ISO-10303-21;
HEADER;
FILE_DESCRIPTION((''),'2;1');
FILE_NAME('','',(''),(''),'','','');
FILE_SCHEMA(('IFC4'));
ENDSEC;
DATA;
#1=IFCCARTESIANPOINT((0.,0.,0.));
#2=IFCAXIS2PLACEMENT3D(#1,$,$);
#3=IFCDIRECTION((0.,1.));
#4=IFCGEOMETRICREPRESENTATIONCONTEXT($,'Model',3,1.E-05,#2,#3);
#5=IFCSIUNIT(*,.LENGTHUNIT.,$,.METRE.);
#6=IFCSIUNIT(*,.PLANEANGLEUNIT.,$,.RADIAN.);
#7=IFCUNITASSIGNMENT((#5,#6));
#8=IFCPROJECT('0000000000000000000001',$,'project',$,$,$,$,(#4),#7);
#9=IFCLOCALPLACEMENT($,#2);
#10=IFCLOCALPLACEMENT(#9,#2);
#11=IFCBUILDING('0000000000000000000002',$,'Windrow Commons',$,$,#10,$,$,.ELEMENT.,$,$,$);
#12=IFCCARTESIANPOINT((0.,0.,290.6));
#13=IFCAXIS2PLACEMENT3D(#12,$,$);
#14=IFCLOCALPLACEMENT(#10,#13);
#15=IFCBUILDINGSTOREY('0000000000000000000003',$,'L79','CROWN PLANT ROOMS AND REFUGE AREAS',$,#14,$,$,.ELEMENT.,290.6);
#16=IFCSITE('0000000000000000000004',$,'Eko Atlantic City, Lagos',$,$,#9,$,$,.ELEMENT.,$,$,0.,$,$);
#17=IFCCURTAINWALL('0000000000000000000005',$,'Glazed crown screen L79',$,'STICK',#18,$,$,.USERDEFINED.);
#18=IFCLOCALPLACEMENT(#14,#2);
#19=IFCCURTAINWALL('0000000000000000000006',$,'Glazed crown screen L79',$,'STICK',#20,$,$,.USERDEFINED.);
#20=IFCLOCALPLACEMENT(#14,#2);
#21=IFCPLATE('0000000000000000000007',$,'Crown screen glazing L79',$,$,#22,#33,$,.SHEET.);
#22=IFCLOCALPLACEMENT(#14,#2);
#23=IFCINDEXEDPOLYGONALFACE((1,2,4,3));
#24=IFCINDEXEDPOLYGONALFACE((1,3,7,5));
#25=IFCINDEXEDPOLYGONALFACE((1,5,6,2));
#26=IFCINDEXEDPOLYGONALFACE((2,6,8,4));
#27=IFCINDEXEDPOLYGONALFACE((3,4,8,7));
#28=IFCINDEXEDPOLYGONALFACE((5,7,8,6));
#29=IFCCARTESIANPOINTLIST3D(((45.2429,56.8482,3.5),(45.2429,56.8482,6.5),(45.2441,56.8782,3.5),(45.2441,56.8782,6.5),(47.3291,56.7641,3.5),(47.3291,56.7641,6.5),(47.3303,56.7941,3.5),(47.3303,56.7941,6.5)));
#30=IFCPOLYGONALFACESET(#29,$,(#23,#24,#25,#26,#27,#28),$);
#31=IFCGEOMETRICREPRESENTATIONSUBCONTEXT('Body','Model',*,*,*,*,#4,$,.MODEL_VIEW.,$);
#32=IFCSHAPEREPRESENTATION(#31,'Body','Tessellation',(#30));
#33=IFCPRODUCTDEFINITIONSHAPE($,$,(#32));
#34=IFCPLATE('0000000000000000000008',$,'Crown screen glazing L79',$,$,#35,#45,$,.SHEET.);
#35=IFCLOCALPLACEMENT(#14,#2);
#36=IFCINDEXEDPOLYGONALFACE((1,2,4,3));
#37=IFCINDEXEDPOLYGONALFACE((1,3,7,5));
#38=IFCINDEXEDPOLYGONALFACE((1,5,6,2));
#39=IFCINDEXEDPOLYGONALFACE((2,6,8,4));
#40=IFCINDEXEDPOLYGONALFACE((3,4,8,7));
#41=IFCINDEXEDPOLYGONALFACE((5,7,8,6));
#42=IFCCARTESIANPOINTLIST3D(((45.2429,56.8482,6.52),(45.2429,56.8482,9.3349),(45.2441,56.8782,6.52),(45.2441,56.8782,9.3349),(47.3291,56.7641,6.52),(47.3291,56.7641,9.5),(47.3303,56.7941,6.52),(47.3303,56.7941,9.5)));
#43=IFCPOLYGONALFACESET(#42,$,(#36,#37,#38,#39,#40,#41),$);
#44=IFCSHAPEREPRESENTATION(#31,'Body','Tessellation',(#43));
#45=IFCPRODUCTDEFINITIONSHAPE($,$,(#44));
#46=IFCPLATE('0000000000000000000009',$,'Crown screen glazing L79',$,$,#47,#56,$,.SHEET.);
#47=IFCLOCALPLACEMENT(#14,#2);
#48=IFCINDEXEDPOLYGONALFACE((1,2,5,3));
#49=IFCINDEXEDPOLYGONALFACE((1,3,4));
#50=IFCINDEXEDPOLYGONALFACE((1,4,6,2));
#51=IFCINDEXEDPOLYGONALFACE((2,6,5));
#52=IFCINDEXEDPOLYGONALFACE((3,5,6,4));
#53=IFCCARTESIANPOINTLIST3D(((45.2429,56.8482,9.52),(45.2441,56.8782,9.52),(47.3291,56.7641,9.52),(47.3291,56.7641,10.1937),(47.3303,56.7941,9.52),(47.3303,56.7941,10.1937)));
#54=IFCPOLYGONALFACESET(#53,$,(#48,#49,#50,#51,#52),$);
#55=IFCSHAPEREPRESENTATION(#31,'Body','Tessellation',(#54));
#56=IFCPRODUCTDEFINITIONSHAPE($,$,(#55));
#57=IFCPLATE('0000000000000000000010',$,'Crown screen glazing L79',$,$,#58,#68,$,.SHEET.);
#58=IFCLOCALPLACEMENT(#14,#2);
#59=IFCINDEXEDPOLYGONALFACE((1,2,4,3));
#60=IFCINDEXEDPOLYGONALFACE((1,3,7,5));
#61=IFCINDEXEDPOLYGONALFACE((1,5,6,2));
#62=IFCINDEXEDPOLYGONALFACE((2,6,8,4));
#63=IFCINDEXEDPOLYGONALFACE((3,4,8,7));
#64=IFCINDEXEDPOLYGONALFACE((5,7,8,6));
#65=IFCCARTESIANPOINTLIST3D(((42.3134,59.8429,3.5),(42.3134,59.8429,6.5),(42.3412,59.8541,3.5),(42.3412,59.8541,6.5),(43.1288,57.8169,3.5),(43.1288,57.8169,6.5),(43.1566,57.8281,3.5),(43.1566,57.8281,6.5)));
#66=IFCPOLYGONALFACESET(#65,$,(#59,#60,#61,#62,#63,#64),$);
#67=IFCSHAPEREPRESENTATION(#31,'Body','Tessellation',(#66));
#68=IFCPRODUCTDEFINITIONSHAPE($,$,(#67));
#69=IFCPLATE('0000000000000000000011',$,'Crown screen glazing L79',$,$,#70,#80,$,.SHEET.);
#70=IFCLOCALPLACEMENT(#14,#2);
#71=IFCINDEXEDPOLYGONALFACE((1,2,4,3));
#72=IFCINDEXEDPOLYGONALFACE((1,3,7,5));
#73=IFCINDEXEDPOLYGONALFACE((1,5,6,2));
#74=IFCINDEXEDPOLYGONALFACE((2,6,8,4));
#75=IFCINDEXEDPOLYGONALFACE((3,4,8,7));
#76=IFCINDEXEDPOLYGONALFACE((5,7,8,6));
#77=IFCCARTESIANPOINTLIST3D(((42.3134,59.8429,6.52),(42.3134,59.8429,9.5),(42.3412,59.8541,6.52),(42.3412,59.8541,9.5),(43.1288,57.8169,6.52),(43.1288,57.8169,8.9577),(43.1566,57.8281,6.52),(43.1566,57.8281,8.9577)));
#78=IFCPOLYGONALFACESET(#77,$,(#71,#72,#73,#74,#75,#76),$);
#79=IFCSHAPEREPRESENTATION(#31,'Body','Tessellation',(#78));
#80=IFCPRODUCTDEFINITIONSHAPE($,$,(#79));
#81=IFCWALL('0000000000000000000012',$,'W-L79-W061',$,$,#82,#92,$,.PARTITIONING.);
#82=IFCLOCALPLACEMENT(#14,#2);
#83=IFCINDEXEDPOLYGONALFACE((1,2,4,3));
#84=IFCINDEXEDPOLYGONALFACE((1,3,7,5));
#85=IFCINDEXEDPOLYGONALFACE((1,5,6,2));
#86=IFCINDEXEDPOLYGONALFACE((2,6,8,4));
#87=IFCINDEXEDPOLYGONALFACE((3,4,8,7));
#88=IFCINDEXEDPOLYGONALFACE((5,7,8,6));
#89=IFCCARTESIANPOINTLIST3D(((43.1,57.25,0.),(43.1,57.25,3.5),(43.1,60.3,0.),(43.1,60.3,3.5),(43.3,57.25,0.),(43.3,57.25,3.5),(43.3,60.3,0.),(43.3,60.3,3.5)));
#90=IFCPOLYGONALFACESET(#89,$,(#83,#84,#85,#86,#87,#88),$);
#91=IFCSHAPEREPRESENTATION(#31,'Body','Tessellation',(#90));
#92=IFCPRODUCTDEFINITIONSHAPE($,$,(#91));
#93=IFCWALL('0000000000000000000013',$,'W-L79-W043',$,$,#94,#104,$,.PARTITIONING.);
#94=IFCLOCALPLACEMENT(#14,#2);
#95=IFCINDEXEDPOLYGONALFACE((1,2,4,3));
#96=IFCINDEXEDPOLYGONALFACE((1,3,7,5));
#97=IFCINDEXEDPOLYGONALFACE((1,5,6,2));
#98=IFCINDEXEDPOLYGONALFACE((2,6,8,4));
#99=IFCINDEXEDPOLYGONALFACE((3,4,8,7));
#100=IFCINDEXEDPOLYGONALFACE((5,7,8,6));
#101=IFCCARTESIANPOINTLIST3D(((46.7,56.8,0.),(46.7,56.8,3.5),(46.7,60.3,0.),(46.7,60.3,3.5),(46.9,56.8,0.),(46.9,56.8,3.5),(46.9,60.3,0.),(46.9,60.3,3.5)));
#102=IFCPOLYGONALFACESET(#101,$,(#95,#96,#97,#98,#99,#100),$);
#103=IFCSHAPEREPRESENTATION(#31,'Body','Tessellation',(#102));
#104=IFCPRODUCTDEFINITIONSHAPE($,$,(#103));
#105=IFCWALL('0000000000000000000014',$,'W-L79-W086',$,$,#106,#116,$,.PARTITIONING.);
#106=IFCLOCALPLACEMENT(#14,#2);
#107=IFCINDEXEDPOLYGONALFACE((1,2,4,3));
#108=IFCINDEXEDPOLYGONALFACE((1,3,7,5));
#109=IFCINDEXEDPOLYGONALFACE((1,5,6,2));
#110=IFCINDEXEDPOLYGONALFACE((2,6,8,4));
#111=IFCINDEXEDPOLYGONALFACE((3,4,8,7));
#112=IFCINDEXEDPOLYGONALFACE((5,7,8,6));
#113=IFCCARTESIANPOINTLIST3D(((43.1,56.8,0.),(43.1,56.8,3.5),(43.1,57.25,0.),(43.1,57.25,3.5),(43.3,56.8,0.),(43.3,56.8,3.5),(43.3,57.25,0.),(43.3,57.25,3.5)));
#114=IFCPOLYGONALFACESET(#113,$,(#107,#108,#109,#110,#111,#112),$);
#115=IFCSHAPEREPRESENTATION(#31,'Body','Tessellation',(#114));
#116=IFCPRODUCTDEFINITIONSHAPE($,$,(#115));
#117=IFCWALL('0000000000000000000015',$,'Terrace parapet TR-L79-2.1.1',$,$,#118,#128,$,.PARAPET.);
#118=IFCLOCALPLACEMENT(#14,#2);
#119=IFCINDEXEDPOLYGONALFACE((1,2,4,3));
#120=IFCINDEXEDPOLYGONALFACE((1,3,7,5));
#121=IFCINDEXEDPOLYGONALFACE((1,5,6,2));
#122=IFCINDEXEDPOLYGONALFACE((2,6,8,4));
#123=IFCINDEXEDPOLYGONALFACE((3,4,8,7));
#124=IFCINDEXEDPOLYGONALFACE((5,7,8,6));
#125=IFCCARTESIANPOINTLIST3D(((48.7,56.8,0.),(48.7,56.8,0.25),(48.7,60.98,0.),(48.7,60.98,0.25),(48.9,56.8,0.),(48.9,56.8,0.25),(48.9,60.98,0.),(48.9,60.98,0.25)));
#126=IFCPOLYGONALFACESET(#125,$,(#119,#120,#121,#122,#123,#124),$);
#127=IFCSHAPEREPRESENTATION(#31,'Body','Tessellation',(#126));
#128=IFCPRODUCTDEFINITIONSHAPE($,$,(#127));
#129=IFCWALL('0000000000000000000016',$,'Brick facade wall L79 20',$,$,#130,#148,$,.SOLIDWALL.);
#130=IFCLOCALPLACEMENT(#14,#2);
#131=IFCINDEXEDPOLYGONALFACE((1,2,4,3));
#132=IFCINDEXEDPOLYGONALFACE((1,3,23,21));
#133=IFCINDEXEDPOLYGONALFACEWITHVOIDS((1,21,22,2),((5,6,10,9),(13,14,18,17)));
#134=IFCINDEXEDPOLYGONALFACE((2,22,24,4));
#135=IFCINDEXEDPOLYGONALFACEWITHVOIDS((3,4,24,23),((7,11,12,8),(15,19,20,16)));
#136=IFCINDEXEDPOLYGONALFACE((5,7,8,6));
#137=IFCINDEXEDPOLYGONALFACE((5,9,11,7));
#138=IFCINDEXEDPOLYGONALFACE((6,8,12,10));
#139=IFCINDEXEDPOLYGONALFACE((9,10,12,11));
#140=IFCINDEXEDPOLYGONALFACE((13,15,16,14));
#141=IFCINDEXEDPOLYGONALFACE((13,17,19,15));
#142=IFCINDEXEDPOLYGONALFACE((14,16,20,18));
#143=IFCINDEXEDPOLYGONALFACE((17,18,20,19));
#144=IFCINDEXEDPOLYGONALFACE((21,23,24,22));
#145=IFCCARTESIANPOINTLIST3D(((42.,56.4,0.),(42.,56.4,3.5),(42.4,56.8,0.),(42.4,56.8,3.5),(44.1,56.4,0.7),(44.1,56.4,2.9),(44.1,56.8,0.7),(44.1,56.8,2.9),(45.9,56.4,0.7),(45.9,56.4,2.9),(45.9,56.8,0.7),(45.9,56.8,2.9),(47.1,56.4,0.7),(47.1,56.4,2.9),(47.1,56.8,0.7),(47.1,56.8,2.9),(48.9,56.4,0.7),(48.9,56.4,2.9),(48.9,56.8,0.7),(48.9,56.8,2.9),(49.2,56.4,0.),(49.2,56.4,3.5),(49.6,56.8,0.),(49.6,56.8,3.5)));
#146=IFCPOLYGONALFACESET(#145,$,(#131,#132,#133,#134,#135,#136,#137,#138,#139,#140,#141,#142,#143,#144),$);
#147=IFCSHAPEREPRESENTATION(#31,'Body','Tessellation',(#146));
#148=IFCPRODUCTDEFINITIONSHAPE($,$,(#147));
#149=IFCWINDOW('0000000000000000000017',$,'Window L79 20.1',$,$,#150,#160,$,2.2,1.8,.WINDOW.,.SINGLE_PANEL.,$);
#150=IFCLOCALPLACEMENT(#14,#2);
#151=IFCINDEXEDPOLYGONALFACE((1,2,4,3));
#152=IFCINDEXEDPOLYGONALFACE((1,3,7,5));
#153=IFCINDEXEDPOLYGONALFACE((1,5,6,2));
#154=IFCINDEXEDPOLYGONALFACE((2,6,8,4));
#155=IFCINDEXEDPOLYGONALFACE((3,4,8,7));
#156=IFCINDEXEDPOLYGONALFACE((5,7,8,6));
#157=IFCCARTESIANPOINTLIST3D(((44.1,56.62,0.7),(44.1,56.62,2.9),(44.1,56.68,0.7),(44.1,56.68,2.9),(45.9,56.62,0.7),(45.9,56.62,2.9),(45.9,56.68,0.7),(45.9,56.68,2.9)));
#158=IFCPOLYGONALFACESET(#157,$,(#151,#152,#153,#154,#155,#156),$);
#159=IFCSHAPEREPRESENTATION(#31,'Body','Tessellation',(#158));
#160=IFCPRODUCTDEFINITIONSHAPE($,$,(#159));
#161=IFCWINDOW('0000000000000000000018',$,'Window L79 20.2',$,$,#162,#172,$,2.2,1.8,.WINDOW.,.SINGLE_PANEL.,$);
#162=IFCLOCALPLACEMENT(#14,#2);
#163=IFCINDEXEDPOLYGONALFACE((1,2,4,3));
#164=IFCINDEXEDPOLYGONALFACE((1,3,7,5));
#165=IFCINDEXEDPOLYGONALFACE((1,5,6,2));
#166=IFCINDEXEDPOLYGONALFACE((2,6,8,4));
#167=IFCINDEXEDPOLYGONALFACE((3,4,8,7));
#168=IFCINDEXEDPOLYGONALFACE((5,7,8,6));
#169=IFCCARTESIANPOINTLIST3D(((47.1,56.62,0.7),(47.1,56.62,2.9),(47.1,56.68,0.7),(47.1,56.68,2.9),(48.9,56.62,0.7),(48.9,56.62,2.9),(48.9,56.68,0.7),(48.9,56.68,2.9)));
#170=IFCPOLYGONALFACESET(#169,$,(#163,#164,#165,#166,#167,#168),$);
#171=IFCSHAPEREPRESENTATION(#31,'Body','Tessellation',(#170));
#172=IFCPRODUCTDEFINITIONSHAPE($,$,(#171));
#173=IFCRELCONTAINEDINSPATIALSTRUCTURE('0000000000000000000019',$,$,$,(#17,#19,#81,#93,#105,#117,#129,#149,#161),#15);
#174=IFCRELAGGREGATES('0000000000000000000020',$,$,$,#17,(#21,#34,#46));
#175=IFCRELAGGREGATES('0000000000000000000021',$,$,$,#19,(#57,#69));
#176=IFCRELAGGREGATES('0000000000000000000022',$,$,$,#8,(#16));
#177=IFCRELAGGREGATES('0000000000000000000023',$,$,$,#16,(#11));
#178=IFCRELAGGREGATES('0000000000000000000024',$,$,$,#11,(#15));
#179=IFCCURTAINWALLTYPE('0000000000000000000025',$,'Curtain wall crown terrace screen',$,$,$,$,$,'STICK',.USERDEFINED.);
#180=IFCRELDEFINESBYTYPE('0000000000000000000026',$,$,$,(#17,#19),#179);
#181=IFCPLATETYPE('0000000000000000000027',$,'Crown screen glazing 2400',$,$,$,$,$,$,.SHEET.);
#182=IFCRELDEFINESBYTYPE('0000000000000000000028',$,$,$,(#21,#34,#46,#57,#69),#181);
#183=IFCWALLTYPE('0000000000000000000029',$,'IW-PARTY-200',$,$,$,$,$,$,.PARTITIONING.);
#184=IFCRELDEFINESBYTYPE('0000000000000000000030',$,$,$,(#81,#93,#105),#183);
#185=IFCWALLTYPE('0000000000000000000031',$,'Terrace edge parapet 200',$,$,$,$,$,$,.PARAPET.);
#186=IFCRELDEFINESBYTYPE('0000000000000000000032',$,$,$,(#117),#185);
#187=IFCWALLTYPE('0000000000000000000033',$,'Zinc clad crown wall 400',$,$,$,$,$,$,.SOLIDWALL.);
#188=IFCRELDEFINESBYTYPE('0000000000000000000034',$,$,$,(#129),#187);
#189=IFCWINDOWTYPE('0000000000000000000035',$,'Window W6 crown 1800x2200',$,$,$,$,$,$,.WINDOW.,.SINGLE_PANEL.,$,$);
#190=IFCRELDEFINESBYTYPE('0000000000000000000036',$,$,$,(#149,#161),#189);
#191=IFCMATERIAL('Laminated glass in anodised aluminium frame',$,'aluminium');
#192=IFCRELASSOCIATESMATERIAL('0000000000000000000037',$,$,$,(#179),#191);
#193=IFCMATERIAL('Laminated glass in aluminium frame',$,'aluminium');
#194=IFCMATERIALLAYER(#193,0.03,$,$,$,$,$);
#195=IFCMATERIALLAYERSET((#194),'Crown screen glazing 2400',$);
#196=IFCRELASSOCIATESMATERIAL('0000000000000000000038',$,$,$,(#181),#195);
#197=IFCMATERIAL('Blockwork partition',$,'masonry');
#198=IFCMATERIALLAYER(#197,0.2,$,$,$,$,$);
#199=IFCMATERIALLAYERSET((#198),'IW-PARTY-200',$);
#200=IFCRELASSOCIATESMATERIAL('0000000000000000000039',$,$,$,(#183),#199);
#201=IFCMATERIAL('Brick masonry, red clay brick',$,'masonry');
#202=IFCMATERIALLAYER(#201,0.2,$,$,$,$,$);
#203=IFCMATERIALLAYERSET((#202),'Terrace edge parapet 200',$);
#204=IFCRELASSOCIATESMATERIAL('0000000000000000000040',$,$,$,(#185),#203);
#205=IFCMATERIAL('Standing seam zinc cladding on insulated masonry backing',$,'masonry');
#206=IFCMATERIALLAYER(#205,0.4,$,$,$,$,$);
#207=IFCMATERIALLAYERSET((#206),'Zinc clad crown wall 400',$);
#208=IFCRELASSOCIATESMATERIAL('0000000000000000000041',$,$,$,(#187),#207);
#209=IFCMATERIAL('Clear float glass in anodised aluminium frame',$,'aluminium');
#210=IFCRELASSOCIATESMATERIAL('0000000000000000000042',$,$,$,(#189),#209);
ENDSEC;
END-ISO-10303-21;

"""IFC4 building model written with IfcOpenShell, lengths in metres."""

from ifc_helpers import new_model, si_unit, direction, frame, frame_2d, origin, place, context, subcontext, project, spatial, polyline, rectangle, outline, extrude, material, layer, layer_set, type_object, element, fill, aggregate, save


model = new_model("IFC4")

# Units and contexts
model_context = context("Model", 3, precision=1e-05, world=origin(), true_north=direction((0.0, 1.0)))
body_context = subcontext(model_context, "Body", "Model", "MODEL_VIEW")
ifc_project = project(units=[si_unit("LENGTHUNIT", "METRE"), si_unit("PLANEANGLEUNIT", "RADIAN")], contexts=[model_context])

# Site, building, storey
site_placement = place(None, origin())
site = spatial("IfcSite", under=ifc_project, at=site_placement, Name="Eko Atlantic City, Lagos", CompositionType="ELEMENT", RefElevation=0.0)
building_placement = place(site_placement, origin())
building = spatial("IfcBuilding", under=site, at=building_placement, Name="Windrow Commons", CompositionType="ELEMENT")
storey_placement = place(building_placement, frame((0.0, 0.0, 290.6)))
storey = spatial("IfcBuildingStorey", under=building, at=storey_placement, Name="L79", Description="CROWN PLANT ROOMS AND REFUGE AREAS", CompositionType="ELEMENT", Elevation=290.6)

# Shared definitions
ifc_material_1 = material(Name="Laminated glass in anodised aluminium frame", Category="aluminium")
curtain_wall_type = type_object("IfcCurtainWallType", Name="Curtain wall crown terrace screen", ElementType="STICK", PredefinedType="USERDEFINED", material=ifc_material_1)
placement = place(storey_placement, origin())

# Curtain wall
curtain_wall_1 = element("IfcCurtainWall", 1, at=placement, inside=storey, type_object=curtain_wall_type, Name="Glazed crown screen L79", ObjectType="STICK", PredefinedType="USERDEFINED")

# Curtain wall
curtain_wall_2 = element("IfcCurtainWall", 2, at=placement, inside=storey, type_object=curtain_wall_type, Name="Glazed crown screen L79", ObjectType="STICK", PredefinedType="USERDEFINED")

# Plates
ifc_material_2 = material(Name="Laminated glass in aluminium frame", Category="aluminium")
ifc_layer_1 = layer(ifc_material_2, 0.03)
ifc_layer_set_1 = layer_set([ifc_layer_1], Name="Crown screen glazing 2400")
plate_type_1 = type_object("IfcPlateType", Name="Crown screen glazing 2400", PredefinedType="SHEET", material=ifc_layer_set_1)
plate_1_placement = place(storey_placement, frame((47.3303, 56.7941, 3.5), z_axis=(0.04028, 0.999188, 0.0), x_axis=(-0.999188, 0.04028, 0.0)))
plate_1 = element("IfcPlate", 3, at=plate_1_placement, type_object=plate_type_1, Name="Crown screen glazing L79", PredefinedType="SHEET", context=body_context, shape_type="SweptSolid", body=[
    extrude(outline(polyline([(0.0, 0.0), (2.0879, 0.0), (2.0879, 3.0), (0.0, 3.0), (0.0, 0.0)])), origin(), (0.0, 0.0, -1.0), 0.03),
])
plate_2_placement = place(storey_placement, frame((47.3303, 56.7941, 6.52), z_axis=(0.04028, 0.999188, 0.0), x_axis=(-0.999188, 0.04028, 0.0)))
plate_2 = element("IfcPlate", 4, at=plate_2_placement, type_object=plate_type_1, Name="Crown screen glazing L79", PredefinedType="SHEET", context=body_context, shape_type="SweptSolid", body=[
    extrude(outline(polyline([(0.0, 0.0), (2.0879, 0.0), (2.0879, 2.8149), (0.0, 2.98), (0.0, 0.0)])), origin(), (0.0, 0.0, -1.0), 0.03),
])
plate_3_placement = place(storey_placement, frame((47.3303, 56.7941, 9.52), z_axis=(0.04028, 0.999188, 0.0), x_axis=(-0.999188, 0.04028, 0.0)))
plate_3 = element("IfcPlate", 5, at=plate_3_placement, type_object=plate_type_1, Name="Crown screen glazing L79", PredefinedType="SHEET", context=body_context, shape_type="SweptSolid", body=[
    extrude(outline(polyline([(0.0, 0.0), (2.0879, 0.0), (0.0, 0.6737), (0.0, 0.0)])), origin(), (0.0, 0.0, -1.0), 0.03),
])
aggregate(curtain_wall_1, [plate_1, plate_2, plate_3])
plate_4_placement = place(storey_placement, frame((43.1566, 57.8281, 3.5), z_axis=(0.927685, 0.373364, 0.0), x_axis=(-0.373364, 0.927685, 0.0)))
plate_4 = element("IfcPlate", 6, at=plate_4_placement, type_object=plate_type_1, Name="Crown screen glazing L79", PredefinedType="SHEET", context=body_context, shape_type="SweptSolid", body=[
    extrude(outline(polyline([(0.0, 0.0), (2.1839, 0.0), (2.1839, 3.0), (0.0, 3.0), (0.0, 0.0)])), origin(), (0.0, 0.0, -1.0), 0.03),
])
plate_5_placement = place(storey_placement, frame((43.1566, 57.8281, 6.52), z_axis=(0.927685, 0.373364, 0.0), x_axis=(-0.373364, 0.927685, 0.0)))
plate_5 = element("IfcPlate", 7, at=plate_5_placement, type_object=plate_type_1, Name="Crown screen glazing L79", PredefinedType="SHEET", context=body_context, shape_type="SweptSolid", body=[
    extrude(outline(polyline([(0.0, 0.0), (2.1839, 0.0), (2.1839, 2.98), (0.0, 2.4377), (0.0, 0.0)])), origin(), (0.0, 0.0, -1.0), 0.03),
])
aggregate(curtain_wall_2, [plate_4, plate_5])

# Walls
ifc_material_3 = material(Name="Blockwork partition", Category="masonry")
ifc_layer_2 = layer(ifc_material_3, 0.2)
ifc_layer_set_2 = layer_set([ifc_layer_2], Name="IW-PARTY-200")
wall_type_1 = type_object("IfcWallType", Name="IW-PARTY-200", PredefinedType="PARTITIONING", material=ifc_layer_set_2)
wall_1_placement = place(storey_placement, frame((43.2, 57.25, 0.0), z_axis=(0.0, 0.0, 1.0), x_axis=(0.0, 1.0, 0.0)))
element("IfcWall", 8, at=wall_1_placement, inside=storey, type_object=wall_type_1, Name="W-L79-W061", PredefinedType="PARTITIONING", context=body_context, shape_type="SweptSolid", body=[
    extrude(rectangle(XDim=3.05, YDim=0.2, at=frame_2d((1.525, 0.0))), origin(), (0.0, 0.0, 1.0), 3.5),
])
wall_2_placement = place(storey_placement, frame((46.8, 56.8, 0.0), z_axis=(0.0, 0.0, 1.0), x_axis=(0.0, 1.0, 0.0)))
element("IfcWall", 9, at=wall_2_placement, inside=storey, type_object=wall_type_1, Name="W-L79-W043", PredefinedType="PARTITIONING", context=body_context, shape_type="SweptSolid", body=[
    extrude(outline(polyline([(0.0, -0.1), (3.5, -0.1), (3.5, 0.1), (0.0, 0.1), (0.0, -0.1)])), origin(), (0.0, 0.0, 1.0), 3.5),
])
wall_3_placement = place(storey_placement, frame((43.2, 56.8, 0.0), z_axis=(0.0, 0.0, 1.0), x_axis=(0.0, 1.0, 0.0)))
element("IfcWall", 10, at=wall_3_placement, inside=storey, type_object=wall_type_1, Name="W-L79-W086", PredefinedType="PARTITIONING", context=body_context, shape_type="SweptSolid", body=[
    extrude(outline(polyline([(0.0, -0.1), (0.45, -0.1), (0.45, 0.1), (0.0, 0.1), (0.0, -0.1)])), origin(), (0.0, 0.0, 1.0), 3.5),
])
ifc_material_4 = material(Name="Brick masonry, red clay brick", Category="masonry")
ifc_layer_3 = layer(ifc_material_4, 0.2)
ifc_layer_set_3 = layer_set([ifc_layer_3], Name="Terrace edge parapet 200")
wall_type_2 = type_object("IfcWallType", Name="Terrace edge parapet 200", PredefinedType="PARAPET", material=ifc_layer_set_3)
wall_4_placement = place(storey_placement, frame((48.8, 56.8, 0.0), z_axis=(0.0, 0.0, 1.0), x_axis=(0.0, 1.0, 0.0)))
element("IfcWall", 11, at=wall_4_placement, inside=storey, type_object=wall_type_2, Name="Terrace parapet TR-L79-2.1.1", PredefinedType="PARAPET", context=body_context, shape_type="SweptSolid", body=[
    extrude(outline(polyline([(0.0, -0.1), (4.18, -0.1), (4.18, 0.1), (0.0, 0.1), (0.0, -0.1)])), origin(), (0.0, 0.0, 1.0), 0.25),
])

# Wall, openings, windows
ifc_material_5 = material(Name="Standing seam zinc cladding on insulated masonry backing", Category="masonry")
ifc_layer_4 = layer(ifc_material_5, 0.4)
ifc_layer_set_4 = layer_set([ifc_layer_4], Name="Zinc clad crown wall 400")
wall_type_3 = type_object("IfcWallType", Name="Zinc clad crown wall 400", PredefinedType="SOLIDWALL", material=ifc_layer_set_4)
wall_5_placement = place(storey_placement, frame((42.2, 56.6, 0.0), z_axis=(0.0, 0.0, 1.0), x_axis=(1.0, 0.0, 0.0)))
wall_5 = element("IfcWall", 12, at=wall_5_placement, inside=storey, type_object=wall_type_3, Name="Brick facade wall L79 20", PredefinedType="SOLIDWALL", context=body_context, shape_type="SweptSolid", body=[
    extrude(outline(polyline([(-0.2, -0.2), (7.0, -0.2), (7.4, 0.2), (0.2, 0.2), (-0.2, -0.2)])), origin(), (0.0, 0.0, 1.0), 3.5),
])
opening_1_placement = place(wall_5_placement, frame((1.9, 0.0, 0.7)))
opening_1 = element("IfcOpeningElement", 13, at=opening_1_placement, cuts=wall_5, PredefinedType="OPENING", context=body_context, shape_type="SweptSolid", body=[
    extrude(rectangle(XDim=1.8, YDim=2.2, at=frame_2d((0.9, 1.1))), frame((0.0, 0.21, 0.0), z_axis=(0.0, -1.0, 0.0), x_axis=(1.0, 0.0, 0.0)), (0.0, 0.0, 1.0), 0.42),
])
opening_2_placement = place(wall_5_placement, frame((4.9, 0.0, 0.7)))
opening_2 = element("IfcOpeningElement", 14, at=opening_2_placement, cuts=wall_5, PredefinedType="OPENING", context=body_context, shape_type="SweptSolid", body=[
    extrude(rectangle(XDim=1.8, YDim=2.2, at=frame_2d((0.9, 1.1))), frame((0.0, 0.21, 0.0), z_axis=(0.0, -1.0, 0.0), x_axis=(1.0, 0.0, 0.0)), (0.0, 0.0, 1.0), 0.42),
])
ifc_material_6 = material(Name="Clear float glass in anodised aluminium frame", Category="aluminium")
window_type = type_object("IfcWindowType", Name="Window W6 crown 1800x2200", PartitioningType="SINGLE_PANEL", PredefinedType="WINDOW", material=ifc_material_6)
window_1_placement = place(opening_1_placement, origin())
window_1 = element("IfcWindow", 15, at=window_1_placement, inside=storey, type_object=window_type, Name="Window L79 20.1", OverallHeight=2.2, OverallWidth=1.8, PartitioningType="SINGLE_PANEL", PredefinedType="WINDOW", context=body_context, shape_type="SweptSolid", body=[
    extrude(rectangle(XDim=1.8, YDim=2.2, at=frame_2d((0.9, 1.1))), frame((0.0, 0.08, 0.0), z_axis=(0.0, -1.0, 0.0), x_axis=(1.0, 0.0, 0.0)), (0.0, 0.0, 1.0), 0.06),
])
fill(opening_1, window_1)
window_2_placement = place(opening_2_placement, origin())
window_2 = element("IfcWindow", 16, at=window_2_placement, inside=storey, type_object=window_type, Name="Window L79 20.2", OverallHeight=2.2, OverallWidth=1.8, PartitioningType="SINGLE_PANEL", PredefinedType="WINDOW", context=body_context, shape_type="SweptSolid", body=[
    extrude(rectangle(XDim=1.8, YDim=2.2, at=frame_2d((0.9, 1.1))), frame((0.0, 0.08, 0.0), z_axis=(0.0, -1.0, 0.0), x_axis=(1.0, 0.0, 0.0)), (0.0, 0.0, 1.0), 0.06),
])
fill(opening_2, window_2)

save(model, "model.ifc")
